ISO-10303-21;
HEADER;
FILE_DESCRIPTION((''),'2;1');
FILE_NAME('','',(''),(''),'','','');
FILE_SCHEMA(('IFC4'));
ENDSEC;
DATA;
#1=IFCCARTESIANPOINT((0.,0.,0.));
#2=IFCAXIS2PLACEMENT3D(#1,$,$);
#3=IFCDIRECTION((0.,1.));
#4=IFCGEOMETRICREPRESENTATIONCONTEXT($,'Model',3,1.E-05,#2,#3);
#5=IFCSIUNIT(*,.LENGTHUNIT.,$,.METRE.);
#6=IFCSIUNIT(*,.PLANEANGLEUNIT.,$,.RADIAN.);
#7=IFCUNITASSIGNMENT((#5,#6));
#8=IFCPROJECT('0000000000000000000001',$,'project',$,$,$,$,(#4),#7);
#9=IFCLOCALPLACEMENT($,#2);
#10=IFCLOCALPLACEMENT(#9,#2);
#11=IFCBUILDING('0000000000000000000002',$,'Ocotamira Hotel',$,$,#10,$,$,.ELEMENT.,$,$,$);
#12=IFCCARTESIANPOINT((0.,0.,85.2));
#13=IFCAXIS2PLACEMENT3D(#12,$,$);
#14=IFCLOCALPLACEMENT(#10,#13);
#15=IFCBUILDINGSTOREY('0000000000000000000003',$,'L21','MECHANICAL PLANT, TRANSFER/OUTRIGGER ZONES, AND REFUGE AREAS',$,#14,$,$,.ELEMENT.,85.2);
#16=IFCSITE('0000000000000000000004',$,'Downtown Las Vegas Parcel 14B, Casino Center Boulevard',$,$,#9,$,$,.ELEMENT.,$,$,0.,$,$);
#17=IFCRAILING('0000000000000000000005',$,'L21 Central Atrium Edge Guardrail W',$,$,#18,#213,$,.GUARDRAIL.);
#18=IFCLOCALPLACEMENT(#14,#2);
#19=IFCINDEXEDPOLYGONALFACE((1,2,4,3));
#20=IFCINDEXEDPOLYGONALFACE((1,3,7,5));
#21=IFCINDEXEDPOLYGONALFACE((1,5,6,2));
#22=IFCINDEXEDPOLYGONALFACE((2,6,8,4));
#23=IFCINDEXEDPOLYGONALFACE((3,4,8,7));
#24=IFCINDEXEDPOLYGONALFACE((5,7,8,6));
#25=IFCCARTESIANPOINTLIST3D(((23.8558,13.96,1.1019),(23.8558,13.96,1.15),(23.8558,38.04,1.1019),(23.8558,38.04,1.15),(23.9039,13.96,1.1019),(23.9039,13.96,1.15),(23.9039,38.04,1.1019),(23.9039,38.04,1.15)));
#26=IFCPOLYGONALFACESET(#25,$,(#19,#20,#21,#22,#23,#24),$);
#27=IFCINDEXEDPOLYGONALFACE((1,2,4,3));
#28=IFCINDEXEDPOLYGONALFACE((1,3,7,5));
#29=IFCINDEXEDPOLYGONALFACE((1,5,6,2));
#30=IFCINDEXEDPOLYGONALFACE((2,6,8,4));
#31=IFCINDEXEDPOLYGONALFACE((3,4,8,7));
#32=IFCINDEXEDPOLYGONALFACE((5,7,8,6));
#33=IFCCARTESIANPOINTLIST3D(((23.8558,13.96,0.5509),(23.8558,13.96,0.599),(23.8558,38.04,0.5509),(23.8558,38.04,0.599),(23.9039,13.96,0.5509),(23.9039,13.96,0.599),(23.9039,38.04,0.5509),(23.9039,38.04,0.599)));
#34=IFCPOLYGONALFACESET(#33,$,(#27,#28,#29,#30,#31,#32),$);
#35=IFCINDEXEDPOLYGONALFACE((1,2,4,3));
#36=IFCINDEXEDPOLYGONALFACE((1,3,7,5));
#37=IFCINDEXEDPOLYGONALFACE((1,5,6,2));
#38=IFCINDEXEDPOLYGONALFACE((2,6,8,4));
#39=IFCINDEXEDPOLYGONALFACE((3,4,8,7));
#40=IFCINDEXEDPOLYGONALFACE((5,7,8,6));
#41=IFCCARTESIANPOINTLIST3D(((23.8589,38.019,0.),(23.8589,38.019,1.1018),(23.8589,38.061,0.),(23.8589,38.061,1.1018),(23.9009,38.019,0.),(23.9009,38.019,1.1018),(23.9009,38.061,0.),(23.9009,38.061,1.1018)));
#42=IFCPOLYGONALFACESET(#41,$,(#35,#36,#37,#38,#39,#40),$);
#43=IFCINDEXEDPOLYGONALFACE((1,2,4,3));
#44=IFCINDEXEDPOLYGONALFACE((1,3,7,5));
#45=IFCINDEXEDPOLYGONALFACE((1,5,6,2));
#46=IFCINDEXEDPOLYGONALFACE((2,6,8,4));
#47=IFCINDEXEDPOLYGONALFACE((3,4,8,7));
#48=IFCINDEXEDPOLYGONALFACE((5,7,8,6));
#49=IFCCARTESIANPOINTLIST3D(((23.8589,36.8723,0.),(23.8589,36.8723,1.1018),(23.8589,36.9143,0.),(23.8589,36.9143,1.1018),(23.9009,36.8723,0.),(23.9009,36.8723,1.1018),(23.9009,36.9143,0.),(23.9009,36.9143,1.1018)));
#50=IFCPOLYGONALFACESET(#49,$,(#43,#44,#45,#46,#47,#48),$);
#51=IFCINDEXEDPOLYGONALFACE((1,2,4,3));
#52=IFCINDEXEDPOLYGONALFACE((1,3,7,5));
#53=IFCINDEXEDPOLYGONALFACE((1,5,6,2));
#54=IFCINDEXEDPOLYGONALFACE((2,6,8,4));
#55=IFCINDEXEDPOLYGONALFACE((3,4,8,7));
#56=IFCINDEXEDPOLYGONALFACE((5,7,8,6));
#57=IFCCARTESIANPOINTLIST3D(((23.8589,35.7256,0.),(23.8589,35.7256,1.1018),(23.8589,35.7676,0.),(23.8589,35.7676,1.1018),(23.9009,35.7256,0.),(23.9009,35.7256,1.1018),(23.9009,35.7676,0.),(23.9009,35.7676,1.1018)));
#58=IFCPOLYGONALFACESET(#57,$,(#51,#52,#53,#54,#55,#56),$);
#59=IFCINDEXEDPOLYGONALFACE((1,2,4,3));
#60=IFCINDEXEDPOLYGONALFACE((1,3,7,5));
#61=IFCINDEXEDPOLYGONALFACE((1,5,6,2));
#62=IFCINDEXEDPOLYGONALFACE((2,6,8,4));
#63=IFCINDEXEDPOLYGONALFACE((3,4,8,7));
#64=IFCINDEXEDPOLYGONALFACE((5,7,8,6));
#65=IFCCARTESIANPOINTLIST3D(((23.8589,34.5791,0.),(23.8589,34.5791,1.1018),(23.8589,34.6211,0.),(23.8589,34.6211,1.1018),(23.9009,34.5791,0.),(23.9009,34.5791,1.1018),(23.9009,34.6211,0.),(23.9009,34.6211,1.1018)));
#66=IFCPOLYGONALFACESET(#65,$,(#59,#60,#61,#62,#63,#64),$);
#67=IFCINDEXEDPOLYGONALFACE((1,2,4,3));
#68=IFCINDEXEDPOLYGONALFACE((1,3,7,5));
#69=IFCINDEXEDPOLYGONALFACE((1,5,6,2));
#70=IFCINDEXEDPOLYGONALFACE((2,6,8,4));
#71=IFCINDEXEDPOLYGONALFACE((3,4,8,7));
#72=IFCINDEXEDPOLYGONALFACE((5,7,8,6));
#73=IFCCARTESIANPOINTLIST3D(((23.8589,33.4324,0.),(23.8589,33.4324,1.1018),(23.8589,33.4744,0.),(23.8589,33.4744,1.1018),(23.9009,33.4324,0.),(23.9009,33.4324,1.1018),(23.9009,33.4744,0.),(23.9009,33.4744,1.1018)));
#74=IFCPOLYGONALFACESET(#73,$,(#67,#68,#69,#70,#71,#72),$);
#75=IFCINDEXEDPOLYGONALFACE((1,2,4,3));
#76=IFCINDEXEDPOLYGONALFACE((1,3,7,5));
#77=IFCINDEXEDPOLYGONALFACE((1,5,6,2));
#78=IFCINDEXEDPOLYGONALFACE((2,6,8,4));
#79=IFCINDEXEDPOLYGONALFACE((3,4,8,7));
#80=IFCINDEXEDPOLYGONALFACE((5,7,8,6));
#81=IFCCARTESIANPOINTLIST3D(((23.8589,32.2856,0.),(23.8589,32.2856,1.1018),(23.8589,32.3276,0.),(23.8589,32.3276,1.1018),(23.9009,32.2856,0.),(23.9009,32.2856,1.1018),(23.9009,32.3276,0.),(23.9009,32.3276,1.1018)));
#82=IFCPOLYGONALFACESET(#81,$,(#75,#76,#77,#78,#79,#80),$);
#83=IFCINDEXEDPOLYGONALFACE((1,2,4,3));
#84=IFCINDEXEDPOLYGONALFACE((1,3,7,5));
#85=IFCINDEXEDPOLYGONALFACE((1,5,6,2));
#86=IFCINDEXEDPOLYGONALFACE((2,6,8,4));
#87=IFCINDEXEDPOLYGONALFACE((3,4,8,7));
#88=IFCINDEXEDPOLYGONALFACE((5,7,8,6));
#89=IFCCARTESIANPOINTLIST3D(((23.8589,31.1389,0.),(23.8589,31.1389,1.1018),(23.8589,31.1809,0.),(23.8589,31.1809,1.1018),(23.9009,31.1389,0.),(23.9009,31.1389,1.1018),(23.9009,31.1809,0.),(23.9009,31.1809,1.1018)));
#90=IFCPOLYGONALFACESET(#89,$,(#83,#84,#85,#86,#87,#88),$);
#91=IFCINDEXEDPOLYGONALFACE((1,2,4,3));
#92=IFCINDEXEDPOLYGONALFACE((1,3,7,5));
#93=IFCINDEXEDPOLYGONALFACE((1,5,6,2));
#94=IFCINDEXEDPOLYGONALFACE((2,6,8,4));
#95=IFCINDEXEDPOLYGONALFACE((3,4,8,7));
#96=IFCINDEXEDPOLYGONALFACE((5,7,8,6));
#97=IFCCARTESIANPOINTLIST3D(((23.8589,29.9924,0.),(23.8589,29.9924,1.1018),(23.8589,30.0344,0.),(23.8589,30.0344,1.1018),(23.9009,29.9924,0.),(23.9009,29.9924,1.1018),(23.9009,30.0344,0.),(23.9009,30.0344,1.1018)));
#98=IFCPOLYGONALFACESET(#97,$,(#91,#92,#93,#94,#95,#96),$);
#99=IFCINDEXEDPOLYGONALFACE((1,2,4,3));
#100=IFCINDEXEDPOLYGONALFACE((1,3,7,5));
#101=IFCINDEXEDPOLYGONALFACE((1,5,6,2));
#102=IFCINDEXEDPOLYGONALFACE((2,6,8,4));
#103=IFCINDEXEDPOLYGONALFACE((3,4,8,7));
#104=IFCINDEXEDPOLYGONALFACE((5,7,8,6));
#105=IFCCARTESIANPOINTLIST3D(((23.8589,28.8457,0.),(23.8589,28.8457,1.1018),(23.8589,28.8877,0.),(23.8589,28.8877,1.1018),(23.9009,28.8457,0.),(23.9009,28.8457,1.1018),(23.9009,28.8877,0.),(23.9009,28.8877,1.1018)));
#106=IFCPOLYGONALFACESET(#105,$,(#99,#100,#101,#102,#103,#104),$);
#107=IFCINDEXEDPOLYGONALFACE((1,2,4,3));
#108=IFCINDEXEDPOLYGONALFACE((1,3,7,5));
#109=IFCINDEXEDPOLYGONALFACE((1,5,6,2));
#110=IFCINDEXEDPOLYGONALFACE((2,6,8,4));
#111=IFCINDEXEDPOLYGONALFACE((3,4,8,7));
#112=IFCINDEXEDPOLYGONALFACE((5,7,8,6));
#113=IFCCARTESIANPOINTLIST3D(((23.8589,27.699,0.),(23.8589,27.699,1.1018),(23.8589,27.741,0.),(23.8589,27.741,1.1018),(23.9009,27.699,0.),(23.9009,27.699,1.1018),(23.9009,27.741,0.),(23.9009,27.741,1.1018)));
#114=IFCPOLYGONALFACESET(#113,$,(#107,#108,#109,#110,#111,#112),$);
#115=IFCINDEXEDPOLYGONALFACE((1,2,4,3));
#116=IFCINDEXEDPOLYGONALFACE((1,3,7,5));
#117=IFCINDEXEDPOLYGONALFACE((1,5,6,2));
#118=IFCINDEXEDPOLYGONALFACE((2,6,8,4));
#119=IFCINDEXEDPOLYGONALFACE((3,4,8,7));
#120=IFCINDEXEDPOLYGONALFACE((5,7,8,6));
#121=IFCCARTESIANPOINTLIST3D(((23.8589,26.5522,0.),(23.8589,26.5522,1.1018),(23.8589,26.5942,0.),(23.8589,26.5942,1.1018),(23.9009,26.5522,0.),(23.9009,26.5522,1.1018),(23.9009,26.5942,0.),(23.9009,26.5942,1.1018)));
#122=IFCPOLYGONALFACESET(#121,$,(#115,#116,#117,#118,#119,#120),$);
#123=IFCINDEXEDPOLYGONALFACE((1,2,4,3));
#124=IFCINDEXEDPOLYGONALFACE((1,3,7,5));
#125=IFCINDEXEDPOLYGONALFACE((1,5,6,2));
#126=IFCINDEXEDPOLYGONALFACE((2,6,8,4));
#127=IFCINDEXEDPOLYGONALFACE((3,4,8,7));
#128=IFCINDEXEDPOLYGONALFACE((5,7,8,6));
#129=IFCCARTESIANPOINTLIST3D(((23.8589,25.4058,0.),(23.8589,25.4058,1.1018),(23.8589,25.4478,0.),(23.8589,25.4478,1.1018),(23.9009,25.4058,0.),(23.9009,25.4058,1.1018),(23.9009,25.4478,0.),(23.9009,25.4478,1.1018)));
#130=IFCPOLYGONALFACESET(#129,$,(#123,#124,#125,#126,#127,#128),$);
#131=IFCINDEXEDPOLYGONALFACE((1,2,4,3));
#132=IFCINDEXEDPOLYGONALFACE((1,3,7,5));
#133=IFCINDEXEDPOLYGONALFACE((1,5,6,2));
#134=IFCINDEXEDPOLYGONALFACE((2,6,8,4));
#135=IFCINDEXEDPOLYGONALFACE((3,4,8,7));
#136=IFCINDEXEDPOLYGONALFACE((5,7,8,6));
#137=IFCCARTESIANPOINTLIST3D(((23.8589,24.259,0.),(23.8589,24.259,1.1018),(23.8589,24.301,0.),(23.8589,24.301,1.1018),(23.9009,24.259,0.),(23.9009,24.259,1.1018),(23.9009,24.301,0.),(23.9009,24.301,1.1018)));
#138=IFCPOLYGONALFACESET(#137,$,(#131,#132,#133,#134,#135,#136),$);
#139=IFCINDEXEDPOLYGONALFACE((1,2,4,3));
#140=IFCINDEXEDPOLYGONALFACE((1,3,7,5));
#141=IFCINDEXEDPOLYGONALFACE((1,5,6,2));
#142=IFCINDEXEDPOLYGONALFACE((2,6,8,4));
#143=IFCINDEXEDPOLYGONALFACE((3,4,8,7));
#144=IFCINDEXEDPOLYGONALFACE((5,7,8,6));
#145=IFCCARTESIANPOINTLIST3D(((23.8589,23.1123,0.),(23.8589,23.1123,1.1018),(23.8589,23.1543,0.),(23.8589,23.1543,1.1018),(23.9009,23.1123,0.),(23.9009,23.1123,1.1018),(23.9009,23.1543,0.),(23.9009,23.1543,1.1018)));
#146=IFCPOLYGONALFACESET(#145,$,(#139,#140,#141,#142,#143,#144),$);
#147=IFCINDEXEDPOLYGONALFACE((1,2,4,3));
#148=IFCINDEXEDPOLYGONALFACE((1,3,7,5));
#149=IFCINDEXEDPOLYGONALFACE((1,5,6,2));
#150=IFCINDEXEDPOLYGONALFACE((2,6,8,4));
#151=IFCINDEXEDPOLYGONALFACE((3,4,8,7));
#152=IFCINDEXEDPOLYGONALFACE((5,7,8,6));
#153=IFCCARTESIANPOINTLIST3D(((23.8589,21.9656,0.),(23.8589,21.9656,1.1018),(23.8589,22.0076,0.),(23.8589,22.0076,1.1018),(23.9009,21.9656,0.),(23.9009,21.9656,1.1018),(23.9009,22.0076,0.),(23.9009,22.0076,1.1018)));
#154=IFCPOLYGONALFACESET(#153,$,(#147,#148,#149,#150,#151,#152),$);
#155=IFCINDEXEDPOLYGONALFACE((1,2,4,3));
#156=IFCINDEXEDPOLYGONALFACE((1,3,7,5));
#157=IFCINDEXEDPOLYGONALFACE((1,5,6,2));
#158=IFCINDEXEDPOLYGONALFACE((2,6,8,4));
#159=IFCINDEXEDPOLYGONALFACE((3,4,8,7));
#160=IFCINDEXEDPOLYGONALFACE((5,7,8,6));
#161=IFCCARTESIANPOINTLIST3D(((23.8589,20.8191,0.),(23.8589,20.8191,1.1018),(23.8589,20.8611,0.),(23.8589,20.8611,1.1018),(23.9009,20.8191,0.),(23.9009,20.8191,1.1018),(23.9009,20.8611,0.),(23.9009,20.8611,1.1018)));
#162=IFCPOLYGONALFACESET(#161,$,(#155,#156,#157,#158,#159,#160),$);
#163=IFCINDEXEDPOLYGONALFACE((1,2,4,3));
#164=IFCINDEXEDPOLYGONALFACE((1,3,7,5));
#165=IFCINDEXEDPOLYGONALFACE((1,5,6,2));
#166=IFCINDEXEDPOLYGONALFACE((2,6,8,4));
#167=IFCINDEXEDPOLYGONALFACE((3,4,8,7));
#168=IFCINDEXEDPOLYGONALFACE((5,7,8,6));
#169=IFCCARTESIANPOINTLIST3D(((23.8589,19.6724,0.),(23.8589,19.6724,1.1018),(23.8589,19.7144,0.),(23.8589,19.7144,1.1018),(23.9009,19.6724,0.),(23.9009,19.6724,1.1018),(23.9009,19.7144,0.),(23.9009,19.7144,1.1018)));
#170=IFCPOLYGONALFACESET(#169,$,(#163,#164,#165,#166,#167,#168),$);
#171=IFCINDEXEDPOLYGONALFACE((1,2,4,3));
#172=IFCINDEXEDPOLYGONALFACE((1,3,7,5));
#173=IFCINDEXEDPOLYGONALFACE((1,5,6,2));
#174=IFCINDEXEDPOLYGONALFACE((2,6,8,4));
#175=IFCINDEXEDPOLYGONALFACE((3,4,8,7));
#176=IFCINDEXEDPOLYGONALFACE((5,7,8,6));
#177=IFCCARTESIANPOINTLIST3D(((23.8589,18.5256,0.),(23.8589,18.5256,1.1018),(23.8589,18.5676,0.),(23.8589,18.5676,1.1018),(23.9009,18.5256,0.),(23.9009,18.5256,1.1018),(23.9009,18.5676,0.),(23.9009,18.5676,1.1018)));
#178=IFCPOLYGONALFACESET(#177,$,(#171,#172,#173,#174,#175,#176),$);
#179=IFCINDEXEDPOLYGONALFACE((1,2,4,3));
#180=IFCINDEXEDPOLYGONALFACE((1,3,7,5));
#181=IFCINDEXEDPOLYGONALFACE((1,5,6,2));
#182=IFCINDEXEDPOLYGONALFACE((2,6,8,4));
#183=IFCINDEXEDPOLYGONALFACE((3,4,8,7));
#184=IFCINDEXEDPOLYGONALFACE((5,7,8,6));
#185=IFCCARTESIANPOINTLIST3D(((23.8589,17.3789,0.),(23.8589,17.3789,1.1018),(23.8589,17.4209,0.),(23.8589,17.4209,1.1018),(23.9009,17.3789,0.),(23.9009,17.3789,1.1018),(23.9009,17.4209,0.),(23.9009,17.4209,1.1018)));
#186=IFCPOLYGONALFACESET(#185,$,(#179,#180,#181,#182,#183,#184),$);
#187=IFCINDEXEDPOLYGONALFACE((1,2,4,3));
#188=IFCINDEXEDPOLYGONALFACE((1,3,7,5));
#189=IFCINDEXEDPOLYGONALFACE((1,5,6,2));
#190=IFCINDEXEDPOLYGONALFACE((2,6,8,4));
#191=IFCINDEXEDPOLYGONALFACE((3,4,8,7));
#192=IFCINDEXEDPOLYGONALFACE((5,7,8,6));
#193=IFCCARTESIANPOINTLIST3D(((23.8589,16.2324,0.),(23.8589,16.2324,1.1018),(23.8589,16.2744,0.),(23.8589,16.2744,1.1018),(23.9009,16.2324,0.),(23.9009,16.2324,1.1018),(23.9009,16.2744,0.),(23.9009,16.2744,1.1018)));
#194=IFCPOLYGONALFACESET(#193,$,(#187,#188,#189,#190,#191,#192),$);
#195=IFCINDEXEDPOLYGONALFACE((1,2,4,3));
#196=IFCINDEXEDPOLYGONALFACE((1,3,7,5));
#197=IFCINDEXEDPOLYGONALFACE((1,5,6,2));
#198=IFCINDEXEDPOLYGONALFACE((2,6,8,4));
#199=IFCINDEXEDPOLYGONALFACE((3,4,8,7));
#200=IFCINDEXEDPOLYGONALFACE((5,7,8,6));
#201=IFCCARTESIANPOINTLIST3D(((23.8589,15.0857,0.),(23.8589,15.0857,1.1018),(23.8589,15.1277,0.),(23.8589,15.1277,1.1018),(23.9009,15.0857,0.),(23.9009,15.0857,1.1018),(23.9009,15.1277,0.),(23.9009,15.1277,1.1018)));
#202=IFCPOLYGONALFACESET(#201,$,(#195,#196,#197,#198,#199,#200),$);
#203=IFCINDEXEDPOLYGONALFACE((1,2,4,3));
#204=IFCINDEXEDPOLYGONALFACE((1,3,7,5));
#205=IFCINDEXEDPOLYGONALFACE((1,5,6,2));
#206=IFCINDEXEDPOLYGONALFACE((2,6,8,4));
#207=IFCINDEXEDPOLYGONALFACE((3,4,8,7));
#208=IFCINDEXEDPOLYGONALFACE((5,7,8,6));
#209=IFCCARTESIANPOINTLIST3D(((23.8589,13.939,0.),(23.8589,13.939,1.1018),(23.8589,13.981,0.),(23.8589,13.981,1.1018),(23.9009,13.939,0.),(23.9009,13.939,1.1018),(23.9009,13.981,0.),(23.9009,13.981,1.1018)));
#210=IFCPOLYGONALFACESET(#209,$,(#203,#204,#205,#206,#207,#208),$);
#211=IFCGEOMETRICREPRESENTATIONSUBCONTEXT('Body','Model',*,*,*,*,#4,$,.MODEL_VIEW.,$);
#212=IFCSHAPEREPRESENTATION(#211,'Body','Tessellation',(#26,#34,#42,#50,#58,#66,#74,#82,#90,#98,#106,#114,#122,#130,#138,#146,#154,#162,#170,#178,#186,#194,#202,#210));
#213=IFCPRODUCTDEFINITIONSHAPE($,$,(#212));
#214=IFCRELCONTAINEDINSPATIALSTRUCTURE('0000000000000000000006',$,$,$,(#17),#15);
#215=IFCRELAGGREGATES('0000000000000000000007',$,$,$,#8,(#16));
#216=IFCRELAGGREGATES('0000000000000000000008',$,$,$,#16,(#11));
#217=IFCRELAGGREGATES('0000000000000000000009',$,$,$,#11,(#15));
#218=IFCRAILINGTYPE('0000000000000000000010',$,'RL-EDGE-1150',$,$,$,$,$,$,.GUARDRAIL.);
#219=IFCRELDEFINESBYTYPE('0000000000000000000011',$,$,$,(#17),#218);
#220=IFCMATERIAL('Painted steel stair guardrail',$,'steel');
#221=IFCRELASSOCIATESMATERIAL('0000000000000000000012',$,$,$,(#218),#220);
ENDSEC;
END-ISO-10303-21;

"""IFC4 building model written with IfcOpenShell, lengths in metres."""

from ifc_helpers import new_model, si_unit, direction, frame, origin, origin_2d, place, context, subcontext, project, spatial, rectangle, extrude, material, type_object, element, save


model = new_model("IFC4")

# Units and contexts
model_context = context("Model", 3, precision=1e-05, world=origin(), true_north=direction((0.0, 1.0)))
body_context = subcontext(model_context, "Body", "Model", "MODEL_VIEW")
ifc_project = project(units=[si_unit("LENGTHUNIT", "METRE"), si_unit("PLANEANGLEUNIT", "RADIAN")], contexts=[model_context])

# Site, building, storey
site_placement = place(None, origin())
site = spatial("IfcSite", under=ifc_project, at=site_placement, Name="Downtown Las Vegas Parcel 14B, Casino Center Boulevard", CompositionType="ELEMENT", RefElevation=0.0)
building_placement = place(site_placement, origin())
building = spatial("IfcBuilding", under=site, at=building_placement, Name="Ocotamira Hotel", CompositionType="ELEMENT")
storey_placement = place(building_placement, frame((0.0, 0.0, 85.2)))
storey = spatial("IfcBuildingStorey", under=building, at=storey_placement, Name="L21", Description="MECHANICAL PLANT, TRANSFER/OUTRIGGER ZONES, AND REFUGE AREAS", CompositionType="ELEMENT", Elevation=85.2)

# Railing
ifc_material_1 = material(Name="Painted steel stair guardrail", Category="steel")
railing_type = type_object("IfcRailingType", Name="RL-EDGE-1150", PredefinedType="GUARDRAIL", material=ifc_material_1)
railing_1_placement = place(storey_placement, frame((23.8799, 38.04, 0.0)))
element("IfcRailing", 1, at=railing_1_placement, inside=storey, type_object=railing_type, Name="L21 Central Atrium Edge Guardrail W", PredefinedType="GUARDRAIL", context=body_context, shape_type="SweptSolid", body=[
    extrude(rectangle(XDim=0.0481, YDim=0.0481, at=origin_2d()), frame((0.0, 0.0, 1.126), z_axis=(0.0, -1.0, 0.0), x_axis=(1.0, 0.0, 0.0)), (0.0, 0.0, 1.0), 24.0801),
    extrude(rectangle(XDim=0.0481, YDim=0.0481, at=origin_2d()), frame((0.0, 0.0, 0.575), z_axis=(0.0, -1.0, 0.0), x_axis=(1.0, 0.0, 0.0)), (0.0, 0.0, 1.0), 24.0801),
    extrude(rectangle(XDim=0.042, YDim=0.042, at=origin_2d()), origin(), (0.0, 0.0, 1.0), 1.1018),
    extrude(rectangle(XDim=0.042, YDim=0.042, at=origin_2d()), frame((0.0, -1.1467, 0.0)), (0.0, 0.0, 1.0), 1.1018),
    extrude(rectangle(XDim=0.042, YDim=0.042, at=origin_2d()), frame((0.0, -2.2935, 0.0)), (0.0, 0.0, 1.0), 1.1018),
    extrude(rectangle(XDim=0.042, YDim=0.042, at=origin_2d()), frame((0.0, -3.4399, 0.0)), (0.0, 0.0, 1.0), 1.1018),
    extrude(rectangle(XDim=0.042, YDim=0.042, at=origin_2d()), frame((0.0, -4.5867, 0.0)), (0.0, 0.0, 1.0), 1.1018),
    extrude(rectangle(XDim=0.042, YDim=0.042, at=origin_2d()), frame((0.0, -5.7334, 0.0)), (0.0, 0.0, 1.0), 1.1018),
    extrude(rectangle(XDim=0.042, YDim=0.042, at=origin_2d()), frame((0.0, -6.8801, 0.0)), (0.0, 0.0, 1.0), 1.1018),
    extrude(rectangle(XDim=0.042, YDim=0.042, at=origin_2d()), frame((0.0, -8.0266, 0.0)), (0.0, 0.0, 1.0), 1.1018),
    extrude(rectangle(XDim=0.042, YDim=0.042, at=origin_2d()), frame((0.0, -9.1733, 0.0)), (0.0, 0.0, 1.0), 1.1018),
    extrude(rectangle(XDim=0.042, YDim=0.042, at=origin_2d()), frame((0.0, -10.3201, 0.0)), (0.0, 0.0, 1.0), 1.1018),
    extrude(rectangle(XDim=0.042, YDim=0.042, at=origin_2d()), frame((0.0, -11.4668, 0.0)), (0.0, 0.0, 1.0), 1.1018),
    extrude(rectangle(XDim=0.042, YDim=0.042, at=origin_2d()), frame((0.0, -12.6133, 0.0)), (0.0, 0.0, 1.0), 1.1018),
    extrude(rectangle(XDim=0.042, YDim=0.042, at=origin_2d()), frame((0.0, -13.76, 0.0)), (0.0, 0.0, 1.0), 1.1018),
    extrude(rectangle(XDim=0.042, YDim=0.042, at=origin_2d()), frame((0.0, -14.9067, 0.0)), (0.0, 0.0, 1.0), 1.1018),
    extrude(rectangle(XDim=0.042, YDim=0.042, at=origin_2d()), frame((0.0, -16.0535, 0.0)), (0.0, 0.0, 1.0), 1.1018),
    extrude(rectangle(XDim=0.042, YDim=0.042, at=origin_2d()), frame((0.0, -17.2, 0.0)), (0.0, 0.0, 1.0), 1.1018),
    extrude(rectangle(XDim=0.042, YDim=0.042, at=origin_2d()), frame((0.0, -18.3467, 0.0)), (0.0, 0.0, 1.0), 1.1018),
    extrude(rectangle(XDim=0.042, YDim=0.042, at=origin_2d()), frame((0.0, -19.4934, 0.0)), (0.0, 0.0, 1.0), 1.1018),
    extrude(rectangle(XDim=0.042, YDim=0.042, at=origin_2d()), frame((0.0, -20.6401, 0.0)), (0.0, 0.0, 1.0), 1.1018),
    extrude(rectangle(XDim=0.042, YDim=0.042, at=origin_2d()), frame((0.0, -21.7866, 0.0)), (0.0, 0.0, 1.0), 1.1018),
    extrude(rectangle(XDim=0.042, YDim=0.042, at=origin_2d()), frame((0.0, -22.9333, 0.0)), (0.0, 0.0, 1.0), 1.1018),
    extrude(rectangle(XDim=0.042, YDim=0.042, at=origin_2d()), frame((0.0, -24.0801, 0.0)), (0.0, 0.0, 1.0), 1.1018),
])

save(model, "model.ifc")
